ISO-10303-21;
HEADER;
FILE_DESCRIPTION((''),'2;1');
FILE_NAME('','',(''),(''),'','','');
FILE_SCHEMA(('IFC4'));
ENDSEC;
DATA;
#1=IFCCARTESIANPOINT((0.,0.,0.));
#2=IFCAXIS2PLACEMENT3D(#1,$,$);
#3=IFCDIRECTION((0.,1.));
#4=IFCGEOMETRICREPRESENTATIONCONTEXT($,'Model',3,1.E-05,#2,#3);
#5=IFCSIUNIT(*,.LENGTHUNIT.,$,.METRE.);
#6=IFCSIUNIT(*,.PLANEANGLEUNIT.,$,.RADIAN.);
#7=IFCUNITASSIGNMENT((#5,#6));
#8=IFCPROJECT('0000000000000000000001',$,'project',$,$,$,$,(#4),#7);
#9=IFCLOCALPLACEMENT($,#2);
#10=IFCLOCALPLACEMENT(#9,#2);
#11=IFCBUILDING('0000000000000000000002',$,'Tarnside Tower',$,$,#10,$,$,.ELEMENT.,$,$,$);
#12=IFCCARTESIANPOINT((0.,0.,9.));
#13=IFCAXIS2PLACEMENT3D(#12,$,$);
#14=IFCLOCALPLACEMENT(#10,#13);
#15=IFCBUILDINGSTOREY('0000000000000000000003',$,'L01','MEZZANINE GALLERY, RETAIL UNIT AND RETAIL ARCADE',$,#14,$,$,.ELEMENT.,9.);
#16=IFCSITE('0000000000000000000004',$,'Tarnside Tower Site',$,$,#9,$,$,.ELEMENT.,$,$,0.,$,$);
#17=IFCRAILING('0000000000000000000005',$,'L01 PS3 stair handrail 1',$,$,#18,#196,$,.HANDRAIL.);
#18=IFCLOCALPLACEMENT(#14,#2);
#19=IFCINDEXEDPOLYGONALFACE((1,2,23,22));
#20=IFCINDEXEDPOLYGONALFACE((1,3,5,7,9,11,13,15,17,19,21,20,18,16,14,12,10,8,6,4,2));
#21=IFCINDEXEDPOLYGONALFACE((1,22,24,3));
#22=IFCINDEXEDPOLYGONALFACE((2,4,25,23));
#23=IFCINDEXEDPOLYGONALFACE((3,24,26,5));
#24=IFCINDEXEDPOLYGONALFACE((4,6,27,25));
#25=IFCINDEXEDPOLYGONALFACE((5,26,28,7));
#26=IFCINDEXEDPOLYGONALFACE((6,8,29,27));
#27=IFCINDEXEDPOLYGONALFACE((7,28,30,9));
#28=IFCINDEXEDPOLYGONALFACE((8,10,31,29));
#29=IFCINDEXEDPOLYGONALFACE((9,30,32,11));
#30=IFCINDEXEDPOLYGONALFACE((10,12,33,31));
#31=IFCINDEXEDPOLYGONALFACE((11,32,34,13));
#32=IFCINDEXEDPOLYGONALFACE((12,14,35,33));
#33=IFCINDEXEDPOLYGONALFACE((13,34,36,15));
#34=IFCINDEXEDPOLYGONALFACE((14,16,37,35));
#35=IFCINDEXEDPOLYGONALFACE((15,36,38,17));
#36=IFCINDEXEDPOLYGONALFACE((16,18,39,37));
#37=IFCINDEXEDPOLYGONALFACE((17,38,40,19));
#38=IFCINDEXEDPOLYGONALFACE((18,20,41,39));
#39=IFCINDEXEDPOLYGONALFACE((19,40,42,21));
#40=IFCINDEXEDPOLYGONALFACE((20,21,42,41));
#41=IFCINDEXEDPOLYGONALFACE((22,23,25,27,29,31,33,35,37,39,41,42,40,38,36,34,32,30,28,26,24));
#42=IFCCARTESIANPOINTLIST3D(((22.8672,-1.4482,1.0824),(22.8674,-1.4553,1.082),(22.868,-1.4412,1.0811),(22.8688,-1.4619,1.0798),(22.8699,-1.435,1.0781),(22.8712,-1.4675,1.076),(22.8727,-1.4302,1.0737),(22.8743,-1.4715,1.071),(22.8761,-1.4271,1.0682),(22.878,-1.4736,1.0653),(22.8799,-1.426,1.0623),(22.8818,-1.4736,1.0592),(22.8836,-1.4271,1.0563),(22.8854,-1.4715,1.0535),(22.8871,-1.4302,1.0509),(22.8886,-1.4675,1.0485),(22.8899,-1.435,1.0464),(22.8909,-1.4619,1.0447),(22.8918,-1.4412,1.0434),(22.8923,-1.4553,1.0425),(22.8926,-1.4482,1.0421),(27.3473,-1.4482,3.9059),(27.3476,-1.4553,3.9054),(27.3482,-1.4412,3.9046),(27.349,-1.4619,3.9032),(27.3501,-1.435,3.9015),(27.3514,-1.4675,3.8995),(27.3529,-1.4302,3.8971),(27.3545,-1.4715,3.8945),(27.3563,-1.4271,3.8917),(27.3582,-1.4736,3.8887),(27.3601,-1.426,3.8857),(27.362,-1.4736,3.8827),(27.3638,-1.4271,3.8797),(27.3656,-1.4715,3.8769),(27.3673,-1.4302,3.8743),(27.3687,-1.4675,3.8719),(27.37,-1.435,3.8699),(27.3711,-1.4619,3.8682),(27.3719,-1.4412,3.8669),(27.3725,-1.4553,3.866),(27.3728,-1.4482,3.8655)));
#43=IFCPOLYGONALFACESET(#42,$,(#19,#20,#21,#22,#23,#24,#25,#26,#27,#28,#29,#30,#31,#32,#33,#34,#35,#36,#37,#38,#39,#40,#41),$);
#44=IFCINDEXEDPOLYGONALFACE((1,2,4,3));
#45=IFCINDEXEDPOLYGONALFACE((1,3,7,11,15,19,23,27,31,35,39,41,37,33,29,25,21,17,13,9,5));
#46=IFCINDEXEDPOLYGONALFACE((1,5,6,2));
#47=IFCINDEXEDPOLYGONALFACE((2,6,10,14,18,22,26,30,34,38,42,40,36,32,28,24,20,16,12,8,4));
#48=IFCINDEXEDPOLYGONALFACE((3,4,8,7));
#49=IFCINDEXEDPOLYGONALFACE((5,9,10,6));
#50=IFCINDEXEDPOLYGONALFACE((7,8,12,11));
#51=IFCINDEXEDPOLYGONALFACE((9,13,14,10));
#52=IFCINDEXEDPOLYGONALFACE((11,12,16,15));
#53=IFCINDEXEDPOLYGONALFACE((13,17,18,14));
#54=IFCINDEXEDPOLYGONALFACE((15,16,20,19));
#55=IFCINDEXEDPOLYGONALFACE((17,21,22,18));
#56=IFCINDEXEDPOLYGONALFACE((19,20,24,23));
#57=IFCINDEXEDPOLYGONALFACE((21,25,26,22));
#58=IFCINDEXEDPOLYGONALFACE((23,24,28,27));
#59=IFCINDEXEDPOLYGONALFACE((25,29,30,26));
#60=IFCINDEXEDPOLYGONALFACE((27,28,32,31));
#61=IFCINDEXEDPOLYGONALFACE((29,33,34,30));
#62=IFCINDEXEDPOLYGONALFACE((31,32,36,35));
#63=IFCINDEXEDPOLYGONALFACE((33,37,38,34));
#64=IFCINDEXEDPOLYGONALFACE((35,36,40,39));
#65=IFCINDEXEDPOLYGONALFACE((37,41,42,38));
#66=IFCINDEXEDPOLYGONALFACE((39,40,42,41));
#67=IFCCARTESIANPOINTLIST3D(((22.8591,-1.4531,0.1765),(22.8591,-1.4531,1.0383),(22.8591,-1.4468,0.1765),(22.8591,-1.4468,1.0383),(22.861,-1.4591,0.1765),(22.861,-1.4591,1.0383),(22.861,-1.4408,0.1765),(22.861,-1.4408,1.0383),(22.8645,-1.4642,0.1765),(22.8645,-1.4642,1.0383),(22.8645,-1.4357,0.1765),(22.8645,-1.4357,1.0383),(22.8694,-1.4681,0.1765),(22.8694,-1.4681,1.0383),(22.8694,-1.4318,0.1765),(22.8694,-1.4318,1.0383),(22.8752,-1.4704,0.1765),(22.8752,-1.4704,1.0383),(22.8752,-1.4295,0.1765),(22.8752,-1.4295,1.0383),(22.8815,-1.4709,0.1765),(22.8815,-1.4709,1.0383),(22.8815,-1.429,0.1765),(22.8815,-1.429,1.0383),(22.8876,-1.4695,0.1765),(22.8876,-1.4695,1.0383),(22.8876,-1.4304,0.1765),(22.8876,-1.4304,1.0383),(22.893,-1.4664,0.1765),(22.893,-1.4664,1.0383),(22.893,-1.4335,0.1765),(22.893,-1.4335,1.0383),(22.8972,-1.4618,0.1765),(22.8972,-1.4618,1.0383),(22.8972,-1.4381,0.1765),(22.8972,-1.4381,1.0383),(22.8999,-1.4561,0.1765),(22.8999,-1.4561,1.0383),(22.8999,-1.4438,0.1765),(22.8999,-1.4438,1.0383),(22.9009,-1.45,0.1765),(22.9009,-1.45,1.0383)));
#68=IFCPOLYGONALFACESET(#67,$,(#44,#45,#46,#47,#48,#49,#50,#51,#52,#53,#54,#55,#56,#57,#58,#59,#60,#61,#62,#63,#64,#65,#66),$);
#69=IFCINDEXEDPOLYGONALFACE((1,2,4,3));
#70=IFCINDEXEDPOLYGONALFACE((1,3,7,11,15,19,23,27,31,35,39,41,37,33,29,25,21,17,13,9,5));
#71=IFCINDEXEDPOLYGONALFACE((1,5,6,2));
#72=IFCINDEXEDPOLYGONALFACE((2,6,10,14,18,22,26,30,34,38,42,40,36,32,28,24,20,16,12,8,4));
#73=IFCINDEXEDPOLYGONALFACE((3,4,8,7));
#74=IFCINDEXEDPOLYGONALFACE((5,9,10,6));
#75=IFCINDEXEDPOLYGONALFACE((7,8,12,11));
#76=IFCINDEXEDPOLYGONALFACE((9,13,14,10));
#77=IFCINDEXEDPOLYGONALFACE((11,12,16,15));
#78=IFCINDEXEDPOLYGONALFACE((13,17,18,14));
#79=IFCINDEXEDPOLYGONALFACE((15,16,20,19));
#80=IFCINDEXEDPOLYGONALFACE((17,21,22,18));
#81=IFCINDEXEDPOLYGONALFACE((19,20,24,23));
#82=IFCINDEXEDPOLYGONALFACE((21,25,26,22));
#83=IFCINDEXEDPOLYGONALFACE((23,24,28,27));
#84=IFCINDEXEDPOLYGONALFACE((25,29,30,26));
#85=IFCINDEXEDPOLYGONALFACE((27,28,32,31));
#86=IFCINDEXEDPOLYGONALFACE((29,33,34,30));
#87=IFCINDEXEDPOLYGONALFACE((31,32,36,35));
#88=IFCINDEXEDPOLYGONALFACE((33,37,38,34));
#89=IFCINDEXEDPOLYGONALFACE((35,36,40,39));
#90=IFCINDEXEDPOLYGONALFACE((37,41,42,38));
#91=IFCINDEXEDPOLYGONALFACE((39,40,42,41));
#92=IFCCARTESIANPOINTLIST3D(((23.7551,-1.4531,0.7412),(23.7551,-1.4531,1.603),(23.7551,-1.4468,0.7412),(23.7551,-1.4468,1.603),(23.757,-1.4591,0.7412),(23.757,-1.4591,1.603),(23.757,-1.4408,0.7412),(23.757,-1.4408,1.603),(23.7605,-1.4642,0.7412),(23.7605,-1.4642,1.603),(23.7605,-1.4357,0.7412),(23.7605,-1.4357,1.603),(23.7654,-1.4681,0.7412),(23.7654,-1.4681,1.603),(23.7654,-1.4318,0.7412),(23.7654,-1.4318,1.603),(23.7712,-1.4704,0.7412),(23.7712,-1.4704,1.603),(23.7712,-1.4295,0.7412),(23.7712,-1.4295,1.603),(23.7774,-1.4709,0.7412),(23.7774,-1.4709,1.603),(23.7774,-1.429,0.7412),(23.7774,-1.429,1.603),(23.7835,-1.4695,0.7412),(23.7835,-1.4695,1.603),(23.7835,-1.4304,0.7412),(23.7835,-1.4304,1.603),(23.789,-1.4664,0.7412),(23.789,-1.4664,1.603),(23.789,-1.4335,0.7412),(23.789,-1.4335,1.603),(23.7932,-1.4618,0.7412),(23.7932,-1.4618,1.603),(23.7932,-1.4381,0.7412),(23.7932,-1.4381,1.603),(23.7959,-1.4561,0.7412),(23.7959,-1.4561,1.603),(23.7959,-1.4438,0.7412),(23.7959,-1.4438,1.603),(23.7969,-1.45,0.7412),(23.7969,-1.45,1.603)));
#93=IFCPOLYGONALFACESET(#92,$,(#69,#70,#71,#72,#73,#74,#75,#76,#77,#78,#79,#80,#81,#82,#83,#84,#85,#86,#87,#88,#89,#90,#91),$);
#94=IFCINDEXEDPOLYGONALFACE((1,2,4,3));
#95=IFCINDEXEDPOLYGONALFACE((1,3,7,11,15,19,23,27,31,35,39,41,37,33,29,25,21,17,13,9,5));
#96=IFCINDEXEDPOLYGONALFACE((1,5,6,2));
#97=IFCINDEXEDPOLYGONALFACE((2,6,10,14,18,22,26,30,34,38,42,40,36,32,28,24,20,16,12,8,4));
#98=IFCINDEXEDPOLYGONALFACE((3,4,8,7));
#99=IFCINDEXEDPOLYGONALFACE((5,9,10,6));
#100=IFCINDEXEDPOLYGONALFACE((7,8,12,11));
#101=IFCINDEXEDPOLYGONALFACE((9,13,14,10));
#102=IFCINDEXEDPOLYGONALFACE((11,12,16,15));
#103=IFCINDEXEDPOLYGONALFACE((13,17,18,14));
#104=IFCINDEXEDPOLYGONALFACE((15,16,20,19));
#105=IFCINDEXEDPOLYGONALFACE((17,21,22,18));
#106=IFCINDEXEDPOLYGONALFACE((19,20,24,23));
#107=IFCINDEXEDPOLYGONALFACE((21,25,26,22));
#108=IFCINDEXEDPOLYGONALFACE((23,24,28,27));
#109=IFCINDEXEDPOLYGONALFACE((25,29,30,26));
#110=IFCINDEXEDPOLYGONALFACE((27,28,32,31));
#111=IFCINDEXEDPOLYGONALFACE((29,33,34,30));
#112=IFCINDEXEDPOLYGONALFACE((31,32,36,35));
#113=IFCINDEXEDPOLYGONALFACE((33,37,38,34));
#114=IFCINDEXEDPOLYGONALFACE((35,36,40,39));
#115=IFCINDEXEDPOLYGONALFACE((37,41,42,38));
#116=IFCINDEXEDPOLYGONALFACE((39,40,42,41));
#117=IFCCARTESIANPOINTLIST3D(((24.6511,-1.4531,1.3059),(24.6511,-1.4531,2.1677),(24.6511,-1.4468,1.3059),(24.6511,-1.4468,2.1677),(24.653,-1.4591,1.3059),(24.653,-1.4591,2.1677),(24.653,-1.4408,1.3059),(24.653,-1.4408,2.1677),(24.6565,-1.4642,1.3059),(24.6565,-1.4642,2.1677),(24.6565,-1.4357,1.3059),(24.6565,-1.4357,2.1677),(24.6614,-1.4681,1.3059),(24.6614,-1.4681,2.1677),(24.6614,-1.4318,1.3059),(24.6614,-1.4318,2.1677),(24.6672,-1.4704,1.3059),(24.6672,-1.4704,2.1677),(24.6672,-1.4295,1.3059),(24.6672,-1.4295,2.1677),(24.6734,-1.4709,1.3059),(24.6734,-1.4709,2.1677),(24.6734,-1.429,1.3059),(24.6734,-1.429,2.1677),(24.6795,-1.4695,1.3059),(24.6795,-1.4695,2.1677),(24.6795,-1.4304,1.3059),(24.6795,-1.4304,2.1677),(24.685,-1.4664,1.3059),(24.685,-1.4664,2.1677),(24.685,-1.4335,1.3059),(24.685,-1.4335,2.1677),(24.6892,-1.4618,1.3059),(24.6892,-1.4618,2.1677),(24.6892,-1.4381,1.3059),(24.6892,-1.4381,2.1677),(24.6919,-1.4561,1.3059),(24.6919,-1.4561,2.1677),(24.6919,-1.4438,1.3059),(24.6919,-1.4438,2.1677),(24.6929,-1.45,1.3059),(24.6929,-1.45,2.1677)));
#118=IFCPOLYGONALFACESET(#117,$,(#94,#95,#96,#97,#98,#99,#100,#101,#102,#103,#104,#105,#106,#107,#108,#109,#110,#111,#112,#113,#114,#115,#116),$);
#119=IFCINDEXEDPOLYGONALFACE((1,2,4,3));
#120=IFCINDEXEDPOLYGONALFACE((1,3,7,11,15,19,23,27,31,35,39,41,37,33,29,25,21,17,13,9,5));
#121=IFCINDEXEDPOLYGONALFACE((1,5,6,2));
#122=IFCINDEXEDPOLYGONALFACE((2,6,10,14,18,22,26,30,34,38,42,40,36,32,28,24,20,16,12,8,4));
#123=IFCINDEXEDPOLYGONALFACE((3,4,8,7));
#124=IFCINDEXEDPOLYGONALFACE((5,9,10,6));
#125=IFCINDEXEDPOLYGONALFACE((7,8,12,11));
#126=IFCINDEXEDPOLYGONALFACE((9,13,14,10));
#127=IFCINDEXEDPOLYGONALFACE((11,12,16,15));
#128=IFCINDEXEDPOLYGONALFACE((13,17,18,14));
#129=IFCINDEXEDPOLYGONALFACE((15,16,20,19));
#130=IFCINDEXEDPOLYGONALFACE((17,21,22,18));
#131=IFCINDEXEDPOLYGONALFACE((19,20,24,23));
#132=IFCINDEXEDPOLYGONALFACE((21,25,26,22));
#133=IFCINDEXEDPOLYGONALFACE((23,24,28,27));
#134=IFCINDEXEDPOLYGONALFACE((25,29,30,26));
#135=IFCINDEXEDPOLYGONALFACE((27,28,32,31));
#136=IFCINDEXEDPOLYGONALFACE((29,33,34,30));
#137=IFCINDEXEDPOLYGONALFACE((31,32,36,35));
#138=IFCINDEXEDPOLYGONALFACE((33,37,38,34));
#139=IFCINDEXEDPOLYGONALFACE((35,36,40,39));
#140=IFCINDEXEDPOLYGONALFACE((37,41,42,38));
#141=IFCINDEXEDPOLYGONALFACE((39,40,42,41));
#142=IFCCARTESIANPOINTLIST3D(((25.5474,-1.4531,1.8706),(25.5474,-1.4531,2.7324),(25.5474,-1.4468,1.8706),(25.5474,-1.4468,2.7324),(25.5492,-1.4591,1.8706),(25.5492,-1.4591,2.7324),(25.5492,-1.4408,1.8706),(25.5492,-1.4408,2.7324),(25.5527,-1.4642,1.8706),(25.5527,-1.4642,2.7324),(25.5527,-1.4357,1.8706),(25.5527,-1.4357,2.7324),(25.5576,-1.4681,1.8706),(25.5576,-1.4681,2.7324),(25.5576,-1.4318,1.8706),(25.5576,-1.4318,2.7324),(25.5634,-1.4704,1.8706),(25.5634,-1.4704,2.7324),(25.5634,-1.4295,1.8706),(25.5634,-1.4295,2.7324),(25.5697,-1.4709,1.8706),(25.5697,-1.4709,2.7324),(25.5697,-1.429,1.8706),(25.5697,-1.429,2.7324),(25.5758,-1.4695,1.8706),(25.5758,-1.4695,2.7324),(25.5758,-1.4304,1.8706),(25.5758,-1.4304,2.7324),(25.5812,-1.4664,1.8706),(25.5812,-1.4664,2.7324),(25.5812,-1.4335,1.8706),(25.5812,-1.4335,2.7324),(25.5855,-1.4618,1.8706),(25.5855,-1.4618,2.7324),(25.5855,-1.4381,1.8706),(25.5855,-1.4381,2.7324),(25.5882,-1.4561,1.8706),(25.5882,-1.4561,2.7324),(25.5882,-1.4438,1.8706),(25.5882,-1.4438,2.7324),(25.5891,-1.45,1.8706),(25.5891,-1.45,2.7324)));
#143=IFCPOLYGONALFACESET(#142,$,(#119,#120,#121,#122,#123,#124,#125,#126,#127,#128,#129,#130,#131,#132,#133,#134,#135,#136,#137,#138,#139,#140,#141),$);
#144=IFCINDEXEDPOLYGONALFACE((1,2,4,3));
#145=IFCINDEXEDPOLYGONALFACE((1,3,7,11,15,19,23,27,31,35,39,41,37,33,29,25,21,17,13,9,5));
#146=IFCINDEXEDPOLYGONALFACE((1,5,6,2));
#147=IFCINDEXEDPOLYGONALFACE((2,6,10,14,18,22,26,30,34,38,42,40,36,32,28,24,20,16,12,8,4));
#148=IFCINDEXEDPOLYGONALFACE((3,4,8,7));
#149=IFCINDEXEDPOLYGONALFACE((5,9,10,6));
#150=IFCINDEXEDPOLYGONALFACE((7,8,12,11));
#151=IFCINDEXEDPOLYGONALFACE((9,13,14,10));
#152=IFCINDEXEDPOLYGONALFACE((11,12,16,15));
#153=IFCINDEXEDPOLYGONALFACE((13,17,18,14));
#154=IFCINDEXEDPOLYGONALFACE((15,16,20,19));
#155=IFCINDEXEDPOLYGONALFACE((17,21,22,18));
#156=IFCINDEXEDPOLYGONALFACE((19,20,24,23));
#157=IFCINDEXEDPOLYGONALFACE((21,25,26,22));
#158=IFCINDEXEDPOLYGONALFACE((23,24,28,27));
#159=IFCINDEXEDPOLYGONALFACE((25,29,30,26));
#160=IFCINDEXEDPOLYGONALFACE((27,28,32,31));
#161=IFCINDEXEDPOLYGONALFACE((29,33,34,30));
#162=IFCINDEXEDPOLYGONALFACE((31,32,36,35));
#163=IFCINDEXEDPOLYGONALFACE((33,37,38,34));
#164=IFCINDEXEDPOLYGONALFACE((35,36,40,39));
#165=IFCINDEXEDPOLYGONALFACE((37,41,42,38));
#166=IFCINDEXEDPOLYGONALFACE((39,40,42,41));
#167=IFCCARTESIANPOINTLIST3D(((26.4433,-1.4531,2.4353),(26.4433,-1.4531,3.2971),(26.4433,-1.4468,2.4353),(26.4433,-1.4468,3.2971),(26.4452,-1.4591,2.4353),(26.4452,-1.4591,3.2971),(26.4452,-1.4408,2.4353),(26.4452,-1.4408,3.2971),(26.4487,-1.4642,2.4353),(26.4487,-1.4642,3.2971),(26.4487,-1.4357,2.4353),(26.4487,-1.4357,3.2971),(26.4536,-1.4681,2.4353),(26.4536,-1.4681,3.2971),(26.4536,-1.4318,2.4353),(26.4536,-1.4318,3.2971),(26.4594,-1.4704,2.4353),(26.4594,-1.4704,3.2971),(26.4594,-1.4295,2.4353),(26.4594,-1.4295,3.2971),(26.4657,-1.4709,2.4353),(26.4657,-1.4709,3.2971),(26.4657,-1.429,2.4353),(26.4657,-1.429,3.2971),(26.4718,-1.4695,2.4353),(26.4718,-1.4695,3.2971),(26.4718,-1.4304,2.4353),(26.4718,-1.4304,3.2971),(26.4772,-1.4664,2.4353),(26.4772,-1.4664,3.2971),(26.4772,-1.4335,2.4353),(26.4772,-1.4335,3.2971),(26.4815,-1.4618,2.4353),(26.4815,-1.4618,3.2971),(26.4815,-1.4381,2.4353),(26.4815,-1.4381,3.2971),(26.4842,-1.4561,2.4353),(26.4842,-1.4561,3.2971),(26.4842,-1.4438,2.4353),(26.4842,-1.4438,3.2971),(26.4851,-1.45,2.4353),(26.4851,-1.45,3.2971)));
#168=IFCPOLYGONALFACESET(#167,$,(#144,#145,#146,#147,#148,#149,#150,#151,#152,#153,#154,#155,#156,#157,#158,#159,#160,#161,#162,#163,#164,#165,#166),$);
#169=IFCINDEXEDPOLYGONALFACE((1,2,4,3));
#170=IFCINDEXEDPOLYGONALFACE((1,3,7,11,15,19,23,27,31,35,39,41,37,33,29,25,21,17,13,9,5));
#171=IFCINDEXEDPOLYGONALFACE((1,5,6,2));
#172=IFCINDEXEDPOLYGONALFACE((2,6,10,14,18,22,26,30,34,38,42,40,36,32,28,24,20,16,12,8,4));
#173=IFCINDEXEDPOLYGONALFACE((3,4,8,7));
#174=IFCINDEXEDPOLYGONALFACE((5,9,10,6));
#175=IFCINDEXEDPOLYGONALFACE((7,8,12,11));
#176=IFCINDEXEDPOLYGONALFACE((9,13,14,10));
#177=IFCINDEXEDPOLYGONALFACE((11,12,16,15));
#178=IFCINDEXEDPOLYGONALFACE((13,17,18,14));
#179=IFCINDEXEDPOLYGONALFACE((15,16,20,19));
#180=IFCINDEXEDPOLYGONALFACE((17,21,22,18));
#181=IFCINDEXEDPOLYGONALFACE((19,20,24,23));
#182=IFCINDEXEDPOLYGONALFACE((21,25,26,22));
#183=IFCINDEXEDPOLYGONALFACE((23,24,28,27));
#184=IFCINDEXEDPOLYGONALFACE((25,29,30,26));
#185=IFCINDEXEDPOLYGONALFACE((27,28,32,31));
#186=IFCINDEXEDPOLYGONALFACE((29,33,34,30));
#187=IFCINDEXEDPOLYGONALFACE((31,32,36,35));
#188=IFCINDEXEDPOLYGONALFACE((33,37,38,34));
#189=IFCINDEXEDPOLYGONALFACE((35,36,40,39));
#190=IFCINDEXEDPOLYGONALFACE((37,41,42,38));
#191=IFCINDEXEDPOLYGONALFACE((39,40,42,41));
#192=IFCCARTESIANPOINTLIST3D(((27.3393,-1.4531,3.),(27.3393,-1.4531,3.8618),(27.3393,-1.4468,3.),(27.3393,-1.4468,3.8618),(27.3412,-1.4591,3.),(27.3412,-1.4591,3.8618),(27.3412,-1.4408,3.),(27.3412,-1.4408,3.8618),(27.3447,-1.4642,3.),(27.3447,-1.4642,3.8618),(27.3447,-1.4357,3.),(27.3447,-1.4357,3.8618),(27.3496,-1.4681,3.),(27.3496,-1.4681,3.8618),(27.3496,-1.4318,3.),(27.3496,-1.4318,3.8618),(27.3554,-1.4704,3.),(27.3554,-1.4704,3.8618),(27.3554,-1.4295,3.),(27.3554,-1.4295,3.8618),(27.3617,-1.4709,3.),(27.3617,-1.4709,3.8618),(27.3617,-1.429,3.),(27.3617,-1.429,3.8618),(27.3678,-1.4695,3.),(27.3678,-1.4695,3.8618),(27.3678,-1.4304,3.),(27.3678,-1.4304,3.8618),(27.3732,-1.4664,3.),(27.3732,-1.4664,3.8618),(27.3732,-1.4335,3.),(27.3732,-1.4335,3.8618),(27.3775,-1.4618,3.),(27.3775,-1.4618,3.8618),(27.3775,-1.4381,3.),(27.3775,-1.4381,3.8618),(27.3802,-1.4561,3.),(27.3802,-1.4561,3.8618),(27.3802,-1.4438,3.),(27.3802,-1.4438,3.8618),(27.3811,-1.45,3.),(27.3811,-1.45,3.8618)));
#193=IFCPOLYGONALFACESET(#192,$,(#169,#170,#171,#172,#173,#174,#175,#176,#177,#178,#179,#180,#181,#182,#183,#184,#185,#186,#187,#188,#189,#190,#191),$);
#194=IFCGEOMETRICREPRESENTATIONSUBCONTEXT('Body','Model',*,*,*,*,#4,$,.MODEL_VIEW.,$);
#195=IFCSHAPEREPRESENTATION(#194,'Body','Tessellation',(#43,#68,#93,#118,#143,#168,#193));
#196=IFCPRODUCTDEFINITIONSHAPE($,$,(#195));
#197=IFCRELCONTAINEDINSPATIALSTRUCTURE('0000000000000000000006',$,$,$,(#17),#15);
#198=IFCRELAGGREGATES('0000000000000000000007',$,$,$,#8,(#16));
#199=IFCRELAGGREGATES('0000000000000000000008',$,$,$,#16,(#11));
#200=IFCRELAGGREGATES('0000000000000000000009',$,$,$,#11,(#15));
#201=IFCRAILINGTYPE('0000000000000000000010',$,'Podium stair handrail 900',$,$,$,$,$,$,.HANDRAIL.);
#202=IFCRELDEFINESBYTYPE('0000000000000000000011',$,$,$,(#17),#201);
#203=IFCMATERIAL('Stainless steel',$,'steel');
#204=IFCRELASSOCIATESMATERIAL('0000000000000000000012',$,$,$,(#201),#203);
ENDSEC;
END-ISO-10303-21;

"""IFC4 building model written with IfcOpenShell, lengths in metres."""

from ifc_helpers import new_model, si_unit, direction, frame, origin, origin_2d, place, context, subcontext, project, spatial, circle, extrude, material, type_object, element, save


model = new_model("IFC4")

# Units and contexts
model_context = context("Model", 3, precision=1e-05, world=origin(), true_north=direction((0.0, 1.0)))
body_context = subcontext(model_context, "Body", "Model", "MODEL_VIEW")
ifc_project = project(units=[si_unit("LENGTHUNIT", "METRE"), si_unit("PLANEANGLEUNIT", "RADIAN")], contexts=[model_context])

# Site, building, storey
site_placement = place(None, origin())
site = spatial("IfcSite", under=ifc_project, at=site_placement, Name="Tarnside Tower Site", CompositionType="ELEMENT", RefElevation=0.0)
building_placement = place(site_placement, origin())
building = spatial("IfcBuilding", under=site, at=building_placement, Name="Tarnside Tower", CompositionType="ELEMENT")
storey_placement = place(building_placement, frame((0.0, 0.0, 9.0)))
storey = spatial("IfcBuildingStorey", under=building, at=storey_placement, Name="L01", Description="MEZZANINE GALLERY, RETAIL UNIT AND RETAIL ARCADE", CompositionType="ELEMENT", Elevation=9.0)

# Railing
ifc_material_1 = material(Name="Stainless steel", Category="steel")
railing_type_1 = type_object("IfcRailingType", Name="Podium stair handrail 900", PredefinedType="HANDRAIL", material=ifc_material_1)
railing_1_placement = place(storey_placement, frame((22.8799, -1.45, 0.1765)))
element("IfcRailing", 1, at=railing_1_placement, inside=storey, type_object=railing_type_1, Name="L01 PS3 stair handrail 1", PredefinedType="HANDRAIL", context=body_context, shape_type="SweptSolid", body=[
    extrude(circle(Radius=0.0239, at=origin_2d()), frame((0.0, 0.0, 0.8857), z_axis=(0.846011, 0.0, 0.533165), x_axis=(0.0, 1.0, 0.0)), (0.0, 0.0, 1.0), 5.2957),
    extrude(circle(Radius=0.021, at=origin_2d()), origin(), (0.0, 0.0, 1.0), 0.8618),
    extrude(circle(Radius=0.021, at=origin_2d()), frame((0.896, 0.0, 0.5647)), (0.0, 0.0, 1.0), 0.8618),
    extrude(circle(Radius=0.021, at=origin_2d()), frame((1.792, 0.0, 1.1294)), (0.0, 0.0, 1.0), 0.8618),
    extrude(circle(Radius=0.021, at=origin_2d()), frame((2.6882, 0.0, 1.6941)), (0.0, 0.0, 1.0), 0.8618),
    extrude(circle(Radius=0.021, at=origin_2d()), frame((3.5842, 0.0, 2.2588)), (0.0, 0.0, 1.0), 0.8618),
    extrude(circle(Radius=0.021, at=origin_2d()), frame((4.4802, 0.0, 2.8235)), (0.0, 0.0, 1.0), 0.8618),
])

save(model, "model.ifc")
